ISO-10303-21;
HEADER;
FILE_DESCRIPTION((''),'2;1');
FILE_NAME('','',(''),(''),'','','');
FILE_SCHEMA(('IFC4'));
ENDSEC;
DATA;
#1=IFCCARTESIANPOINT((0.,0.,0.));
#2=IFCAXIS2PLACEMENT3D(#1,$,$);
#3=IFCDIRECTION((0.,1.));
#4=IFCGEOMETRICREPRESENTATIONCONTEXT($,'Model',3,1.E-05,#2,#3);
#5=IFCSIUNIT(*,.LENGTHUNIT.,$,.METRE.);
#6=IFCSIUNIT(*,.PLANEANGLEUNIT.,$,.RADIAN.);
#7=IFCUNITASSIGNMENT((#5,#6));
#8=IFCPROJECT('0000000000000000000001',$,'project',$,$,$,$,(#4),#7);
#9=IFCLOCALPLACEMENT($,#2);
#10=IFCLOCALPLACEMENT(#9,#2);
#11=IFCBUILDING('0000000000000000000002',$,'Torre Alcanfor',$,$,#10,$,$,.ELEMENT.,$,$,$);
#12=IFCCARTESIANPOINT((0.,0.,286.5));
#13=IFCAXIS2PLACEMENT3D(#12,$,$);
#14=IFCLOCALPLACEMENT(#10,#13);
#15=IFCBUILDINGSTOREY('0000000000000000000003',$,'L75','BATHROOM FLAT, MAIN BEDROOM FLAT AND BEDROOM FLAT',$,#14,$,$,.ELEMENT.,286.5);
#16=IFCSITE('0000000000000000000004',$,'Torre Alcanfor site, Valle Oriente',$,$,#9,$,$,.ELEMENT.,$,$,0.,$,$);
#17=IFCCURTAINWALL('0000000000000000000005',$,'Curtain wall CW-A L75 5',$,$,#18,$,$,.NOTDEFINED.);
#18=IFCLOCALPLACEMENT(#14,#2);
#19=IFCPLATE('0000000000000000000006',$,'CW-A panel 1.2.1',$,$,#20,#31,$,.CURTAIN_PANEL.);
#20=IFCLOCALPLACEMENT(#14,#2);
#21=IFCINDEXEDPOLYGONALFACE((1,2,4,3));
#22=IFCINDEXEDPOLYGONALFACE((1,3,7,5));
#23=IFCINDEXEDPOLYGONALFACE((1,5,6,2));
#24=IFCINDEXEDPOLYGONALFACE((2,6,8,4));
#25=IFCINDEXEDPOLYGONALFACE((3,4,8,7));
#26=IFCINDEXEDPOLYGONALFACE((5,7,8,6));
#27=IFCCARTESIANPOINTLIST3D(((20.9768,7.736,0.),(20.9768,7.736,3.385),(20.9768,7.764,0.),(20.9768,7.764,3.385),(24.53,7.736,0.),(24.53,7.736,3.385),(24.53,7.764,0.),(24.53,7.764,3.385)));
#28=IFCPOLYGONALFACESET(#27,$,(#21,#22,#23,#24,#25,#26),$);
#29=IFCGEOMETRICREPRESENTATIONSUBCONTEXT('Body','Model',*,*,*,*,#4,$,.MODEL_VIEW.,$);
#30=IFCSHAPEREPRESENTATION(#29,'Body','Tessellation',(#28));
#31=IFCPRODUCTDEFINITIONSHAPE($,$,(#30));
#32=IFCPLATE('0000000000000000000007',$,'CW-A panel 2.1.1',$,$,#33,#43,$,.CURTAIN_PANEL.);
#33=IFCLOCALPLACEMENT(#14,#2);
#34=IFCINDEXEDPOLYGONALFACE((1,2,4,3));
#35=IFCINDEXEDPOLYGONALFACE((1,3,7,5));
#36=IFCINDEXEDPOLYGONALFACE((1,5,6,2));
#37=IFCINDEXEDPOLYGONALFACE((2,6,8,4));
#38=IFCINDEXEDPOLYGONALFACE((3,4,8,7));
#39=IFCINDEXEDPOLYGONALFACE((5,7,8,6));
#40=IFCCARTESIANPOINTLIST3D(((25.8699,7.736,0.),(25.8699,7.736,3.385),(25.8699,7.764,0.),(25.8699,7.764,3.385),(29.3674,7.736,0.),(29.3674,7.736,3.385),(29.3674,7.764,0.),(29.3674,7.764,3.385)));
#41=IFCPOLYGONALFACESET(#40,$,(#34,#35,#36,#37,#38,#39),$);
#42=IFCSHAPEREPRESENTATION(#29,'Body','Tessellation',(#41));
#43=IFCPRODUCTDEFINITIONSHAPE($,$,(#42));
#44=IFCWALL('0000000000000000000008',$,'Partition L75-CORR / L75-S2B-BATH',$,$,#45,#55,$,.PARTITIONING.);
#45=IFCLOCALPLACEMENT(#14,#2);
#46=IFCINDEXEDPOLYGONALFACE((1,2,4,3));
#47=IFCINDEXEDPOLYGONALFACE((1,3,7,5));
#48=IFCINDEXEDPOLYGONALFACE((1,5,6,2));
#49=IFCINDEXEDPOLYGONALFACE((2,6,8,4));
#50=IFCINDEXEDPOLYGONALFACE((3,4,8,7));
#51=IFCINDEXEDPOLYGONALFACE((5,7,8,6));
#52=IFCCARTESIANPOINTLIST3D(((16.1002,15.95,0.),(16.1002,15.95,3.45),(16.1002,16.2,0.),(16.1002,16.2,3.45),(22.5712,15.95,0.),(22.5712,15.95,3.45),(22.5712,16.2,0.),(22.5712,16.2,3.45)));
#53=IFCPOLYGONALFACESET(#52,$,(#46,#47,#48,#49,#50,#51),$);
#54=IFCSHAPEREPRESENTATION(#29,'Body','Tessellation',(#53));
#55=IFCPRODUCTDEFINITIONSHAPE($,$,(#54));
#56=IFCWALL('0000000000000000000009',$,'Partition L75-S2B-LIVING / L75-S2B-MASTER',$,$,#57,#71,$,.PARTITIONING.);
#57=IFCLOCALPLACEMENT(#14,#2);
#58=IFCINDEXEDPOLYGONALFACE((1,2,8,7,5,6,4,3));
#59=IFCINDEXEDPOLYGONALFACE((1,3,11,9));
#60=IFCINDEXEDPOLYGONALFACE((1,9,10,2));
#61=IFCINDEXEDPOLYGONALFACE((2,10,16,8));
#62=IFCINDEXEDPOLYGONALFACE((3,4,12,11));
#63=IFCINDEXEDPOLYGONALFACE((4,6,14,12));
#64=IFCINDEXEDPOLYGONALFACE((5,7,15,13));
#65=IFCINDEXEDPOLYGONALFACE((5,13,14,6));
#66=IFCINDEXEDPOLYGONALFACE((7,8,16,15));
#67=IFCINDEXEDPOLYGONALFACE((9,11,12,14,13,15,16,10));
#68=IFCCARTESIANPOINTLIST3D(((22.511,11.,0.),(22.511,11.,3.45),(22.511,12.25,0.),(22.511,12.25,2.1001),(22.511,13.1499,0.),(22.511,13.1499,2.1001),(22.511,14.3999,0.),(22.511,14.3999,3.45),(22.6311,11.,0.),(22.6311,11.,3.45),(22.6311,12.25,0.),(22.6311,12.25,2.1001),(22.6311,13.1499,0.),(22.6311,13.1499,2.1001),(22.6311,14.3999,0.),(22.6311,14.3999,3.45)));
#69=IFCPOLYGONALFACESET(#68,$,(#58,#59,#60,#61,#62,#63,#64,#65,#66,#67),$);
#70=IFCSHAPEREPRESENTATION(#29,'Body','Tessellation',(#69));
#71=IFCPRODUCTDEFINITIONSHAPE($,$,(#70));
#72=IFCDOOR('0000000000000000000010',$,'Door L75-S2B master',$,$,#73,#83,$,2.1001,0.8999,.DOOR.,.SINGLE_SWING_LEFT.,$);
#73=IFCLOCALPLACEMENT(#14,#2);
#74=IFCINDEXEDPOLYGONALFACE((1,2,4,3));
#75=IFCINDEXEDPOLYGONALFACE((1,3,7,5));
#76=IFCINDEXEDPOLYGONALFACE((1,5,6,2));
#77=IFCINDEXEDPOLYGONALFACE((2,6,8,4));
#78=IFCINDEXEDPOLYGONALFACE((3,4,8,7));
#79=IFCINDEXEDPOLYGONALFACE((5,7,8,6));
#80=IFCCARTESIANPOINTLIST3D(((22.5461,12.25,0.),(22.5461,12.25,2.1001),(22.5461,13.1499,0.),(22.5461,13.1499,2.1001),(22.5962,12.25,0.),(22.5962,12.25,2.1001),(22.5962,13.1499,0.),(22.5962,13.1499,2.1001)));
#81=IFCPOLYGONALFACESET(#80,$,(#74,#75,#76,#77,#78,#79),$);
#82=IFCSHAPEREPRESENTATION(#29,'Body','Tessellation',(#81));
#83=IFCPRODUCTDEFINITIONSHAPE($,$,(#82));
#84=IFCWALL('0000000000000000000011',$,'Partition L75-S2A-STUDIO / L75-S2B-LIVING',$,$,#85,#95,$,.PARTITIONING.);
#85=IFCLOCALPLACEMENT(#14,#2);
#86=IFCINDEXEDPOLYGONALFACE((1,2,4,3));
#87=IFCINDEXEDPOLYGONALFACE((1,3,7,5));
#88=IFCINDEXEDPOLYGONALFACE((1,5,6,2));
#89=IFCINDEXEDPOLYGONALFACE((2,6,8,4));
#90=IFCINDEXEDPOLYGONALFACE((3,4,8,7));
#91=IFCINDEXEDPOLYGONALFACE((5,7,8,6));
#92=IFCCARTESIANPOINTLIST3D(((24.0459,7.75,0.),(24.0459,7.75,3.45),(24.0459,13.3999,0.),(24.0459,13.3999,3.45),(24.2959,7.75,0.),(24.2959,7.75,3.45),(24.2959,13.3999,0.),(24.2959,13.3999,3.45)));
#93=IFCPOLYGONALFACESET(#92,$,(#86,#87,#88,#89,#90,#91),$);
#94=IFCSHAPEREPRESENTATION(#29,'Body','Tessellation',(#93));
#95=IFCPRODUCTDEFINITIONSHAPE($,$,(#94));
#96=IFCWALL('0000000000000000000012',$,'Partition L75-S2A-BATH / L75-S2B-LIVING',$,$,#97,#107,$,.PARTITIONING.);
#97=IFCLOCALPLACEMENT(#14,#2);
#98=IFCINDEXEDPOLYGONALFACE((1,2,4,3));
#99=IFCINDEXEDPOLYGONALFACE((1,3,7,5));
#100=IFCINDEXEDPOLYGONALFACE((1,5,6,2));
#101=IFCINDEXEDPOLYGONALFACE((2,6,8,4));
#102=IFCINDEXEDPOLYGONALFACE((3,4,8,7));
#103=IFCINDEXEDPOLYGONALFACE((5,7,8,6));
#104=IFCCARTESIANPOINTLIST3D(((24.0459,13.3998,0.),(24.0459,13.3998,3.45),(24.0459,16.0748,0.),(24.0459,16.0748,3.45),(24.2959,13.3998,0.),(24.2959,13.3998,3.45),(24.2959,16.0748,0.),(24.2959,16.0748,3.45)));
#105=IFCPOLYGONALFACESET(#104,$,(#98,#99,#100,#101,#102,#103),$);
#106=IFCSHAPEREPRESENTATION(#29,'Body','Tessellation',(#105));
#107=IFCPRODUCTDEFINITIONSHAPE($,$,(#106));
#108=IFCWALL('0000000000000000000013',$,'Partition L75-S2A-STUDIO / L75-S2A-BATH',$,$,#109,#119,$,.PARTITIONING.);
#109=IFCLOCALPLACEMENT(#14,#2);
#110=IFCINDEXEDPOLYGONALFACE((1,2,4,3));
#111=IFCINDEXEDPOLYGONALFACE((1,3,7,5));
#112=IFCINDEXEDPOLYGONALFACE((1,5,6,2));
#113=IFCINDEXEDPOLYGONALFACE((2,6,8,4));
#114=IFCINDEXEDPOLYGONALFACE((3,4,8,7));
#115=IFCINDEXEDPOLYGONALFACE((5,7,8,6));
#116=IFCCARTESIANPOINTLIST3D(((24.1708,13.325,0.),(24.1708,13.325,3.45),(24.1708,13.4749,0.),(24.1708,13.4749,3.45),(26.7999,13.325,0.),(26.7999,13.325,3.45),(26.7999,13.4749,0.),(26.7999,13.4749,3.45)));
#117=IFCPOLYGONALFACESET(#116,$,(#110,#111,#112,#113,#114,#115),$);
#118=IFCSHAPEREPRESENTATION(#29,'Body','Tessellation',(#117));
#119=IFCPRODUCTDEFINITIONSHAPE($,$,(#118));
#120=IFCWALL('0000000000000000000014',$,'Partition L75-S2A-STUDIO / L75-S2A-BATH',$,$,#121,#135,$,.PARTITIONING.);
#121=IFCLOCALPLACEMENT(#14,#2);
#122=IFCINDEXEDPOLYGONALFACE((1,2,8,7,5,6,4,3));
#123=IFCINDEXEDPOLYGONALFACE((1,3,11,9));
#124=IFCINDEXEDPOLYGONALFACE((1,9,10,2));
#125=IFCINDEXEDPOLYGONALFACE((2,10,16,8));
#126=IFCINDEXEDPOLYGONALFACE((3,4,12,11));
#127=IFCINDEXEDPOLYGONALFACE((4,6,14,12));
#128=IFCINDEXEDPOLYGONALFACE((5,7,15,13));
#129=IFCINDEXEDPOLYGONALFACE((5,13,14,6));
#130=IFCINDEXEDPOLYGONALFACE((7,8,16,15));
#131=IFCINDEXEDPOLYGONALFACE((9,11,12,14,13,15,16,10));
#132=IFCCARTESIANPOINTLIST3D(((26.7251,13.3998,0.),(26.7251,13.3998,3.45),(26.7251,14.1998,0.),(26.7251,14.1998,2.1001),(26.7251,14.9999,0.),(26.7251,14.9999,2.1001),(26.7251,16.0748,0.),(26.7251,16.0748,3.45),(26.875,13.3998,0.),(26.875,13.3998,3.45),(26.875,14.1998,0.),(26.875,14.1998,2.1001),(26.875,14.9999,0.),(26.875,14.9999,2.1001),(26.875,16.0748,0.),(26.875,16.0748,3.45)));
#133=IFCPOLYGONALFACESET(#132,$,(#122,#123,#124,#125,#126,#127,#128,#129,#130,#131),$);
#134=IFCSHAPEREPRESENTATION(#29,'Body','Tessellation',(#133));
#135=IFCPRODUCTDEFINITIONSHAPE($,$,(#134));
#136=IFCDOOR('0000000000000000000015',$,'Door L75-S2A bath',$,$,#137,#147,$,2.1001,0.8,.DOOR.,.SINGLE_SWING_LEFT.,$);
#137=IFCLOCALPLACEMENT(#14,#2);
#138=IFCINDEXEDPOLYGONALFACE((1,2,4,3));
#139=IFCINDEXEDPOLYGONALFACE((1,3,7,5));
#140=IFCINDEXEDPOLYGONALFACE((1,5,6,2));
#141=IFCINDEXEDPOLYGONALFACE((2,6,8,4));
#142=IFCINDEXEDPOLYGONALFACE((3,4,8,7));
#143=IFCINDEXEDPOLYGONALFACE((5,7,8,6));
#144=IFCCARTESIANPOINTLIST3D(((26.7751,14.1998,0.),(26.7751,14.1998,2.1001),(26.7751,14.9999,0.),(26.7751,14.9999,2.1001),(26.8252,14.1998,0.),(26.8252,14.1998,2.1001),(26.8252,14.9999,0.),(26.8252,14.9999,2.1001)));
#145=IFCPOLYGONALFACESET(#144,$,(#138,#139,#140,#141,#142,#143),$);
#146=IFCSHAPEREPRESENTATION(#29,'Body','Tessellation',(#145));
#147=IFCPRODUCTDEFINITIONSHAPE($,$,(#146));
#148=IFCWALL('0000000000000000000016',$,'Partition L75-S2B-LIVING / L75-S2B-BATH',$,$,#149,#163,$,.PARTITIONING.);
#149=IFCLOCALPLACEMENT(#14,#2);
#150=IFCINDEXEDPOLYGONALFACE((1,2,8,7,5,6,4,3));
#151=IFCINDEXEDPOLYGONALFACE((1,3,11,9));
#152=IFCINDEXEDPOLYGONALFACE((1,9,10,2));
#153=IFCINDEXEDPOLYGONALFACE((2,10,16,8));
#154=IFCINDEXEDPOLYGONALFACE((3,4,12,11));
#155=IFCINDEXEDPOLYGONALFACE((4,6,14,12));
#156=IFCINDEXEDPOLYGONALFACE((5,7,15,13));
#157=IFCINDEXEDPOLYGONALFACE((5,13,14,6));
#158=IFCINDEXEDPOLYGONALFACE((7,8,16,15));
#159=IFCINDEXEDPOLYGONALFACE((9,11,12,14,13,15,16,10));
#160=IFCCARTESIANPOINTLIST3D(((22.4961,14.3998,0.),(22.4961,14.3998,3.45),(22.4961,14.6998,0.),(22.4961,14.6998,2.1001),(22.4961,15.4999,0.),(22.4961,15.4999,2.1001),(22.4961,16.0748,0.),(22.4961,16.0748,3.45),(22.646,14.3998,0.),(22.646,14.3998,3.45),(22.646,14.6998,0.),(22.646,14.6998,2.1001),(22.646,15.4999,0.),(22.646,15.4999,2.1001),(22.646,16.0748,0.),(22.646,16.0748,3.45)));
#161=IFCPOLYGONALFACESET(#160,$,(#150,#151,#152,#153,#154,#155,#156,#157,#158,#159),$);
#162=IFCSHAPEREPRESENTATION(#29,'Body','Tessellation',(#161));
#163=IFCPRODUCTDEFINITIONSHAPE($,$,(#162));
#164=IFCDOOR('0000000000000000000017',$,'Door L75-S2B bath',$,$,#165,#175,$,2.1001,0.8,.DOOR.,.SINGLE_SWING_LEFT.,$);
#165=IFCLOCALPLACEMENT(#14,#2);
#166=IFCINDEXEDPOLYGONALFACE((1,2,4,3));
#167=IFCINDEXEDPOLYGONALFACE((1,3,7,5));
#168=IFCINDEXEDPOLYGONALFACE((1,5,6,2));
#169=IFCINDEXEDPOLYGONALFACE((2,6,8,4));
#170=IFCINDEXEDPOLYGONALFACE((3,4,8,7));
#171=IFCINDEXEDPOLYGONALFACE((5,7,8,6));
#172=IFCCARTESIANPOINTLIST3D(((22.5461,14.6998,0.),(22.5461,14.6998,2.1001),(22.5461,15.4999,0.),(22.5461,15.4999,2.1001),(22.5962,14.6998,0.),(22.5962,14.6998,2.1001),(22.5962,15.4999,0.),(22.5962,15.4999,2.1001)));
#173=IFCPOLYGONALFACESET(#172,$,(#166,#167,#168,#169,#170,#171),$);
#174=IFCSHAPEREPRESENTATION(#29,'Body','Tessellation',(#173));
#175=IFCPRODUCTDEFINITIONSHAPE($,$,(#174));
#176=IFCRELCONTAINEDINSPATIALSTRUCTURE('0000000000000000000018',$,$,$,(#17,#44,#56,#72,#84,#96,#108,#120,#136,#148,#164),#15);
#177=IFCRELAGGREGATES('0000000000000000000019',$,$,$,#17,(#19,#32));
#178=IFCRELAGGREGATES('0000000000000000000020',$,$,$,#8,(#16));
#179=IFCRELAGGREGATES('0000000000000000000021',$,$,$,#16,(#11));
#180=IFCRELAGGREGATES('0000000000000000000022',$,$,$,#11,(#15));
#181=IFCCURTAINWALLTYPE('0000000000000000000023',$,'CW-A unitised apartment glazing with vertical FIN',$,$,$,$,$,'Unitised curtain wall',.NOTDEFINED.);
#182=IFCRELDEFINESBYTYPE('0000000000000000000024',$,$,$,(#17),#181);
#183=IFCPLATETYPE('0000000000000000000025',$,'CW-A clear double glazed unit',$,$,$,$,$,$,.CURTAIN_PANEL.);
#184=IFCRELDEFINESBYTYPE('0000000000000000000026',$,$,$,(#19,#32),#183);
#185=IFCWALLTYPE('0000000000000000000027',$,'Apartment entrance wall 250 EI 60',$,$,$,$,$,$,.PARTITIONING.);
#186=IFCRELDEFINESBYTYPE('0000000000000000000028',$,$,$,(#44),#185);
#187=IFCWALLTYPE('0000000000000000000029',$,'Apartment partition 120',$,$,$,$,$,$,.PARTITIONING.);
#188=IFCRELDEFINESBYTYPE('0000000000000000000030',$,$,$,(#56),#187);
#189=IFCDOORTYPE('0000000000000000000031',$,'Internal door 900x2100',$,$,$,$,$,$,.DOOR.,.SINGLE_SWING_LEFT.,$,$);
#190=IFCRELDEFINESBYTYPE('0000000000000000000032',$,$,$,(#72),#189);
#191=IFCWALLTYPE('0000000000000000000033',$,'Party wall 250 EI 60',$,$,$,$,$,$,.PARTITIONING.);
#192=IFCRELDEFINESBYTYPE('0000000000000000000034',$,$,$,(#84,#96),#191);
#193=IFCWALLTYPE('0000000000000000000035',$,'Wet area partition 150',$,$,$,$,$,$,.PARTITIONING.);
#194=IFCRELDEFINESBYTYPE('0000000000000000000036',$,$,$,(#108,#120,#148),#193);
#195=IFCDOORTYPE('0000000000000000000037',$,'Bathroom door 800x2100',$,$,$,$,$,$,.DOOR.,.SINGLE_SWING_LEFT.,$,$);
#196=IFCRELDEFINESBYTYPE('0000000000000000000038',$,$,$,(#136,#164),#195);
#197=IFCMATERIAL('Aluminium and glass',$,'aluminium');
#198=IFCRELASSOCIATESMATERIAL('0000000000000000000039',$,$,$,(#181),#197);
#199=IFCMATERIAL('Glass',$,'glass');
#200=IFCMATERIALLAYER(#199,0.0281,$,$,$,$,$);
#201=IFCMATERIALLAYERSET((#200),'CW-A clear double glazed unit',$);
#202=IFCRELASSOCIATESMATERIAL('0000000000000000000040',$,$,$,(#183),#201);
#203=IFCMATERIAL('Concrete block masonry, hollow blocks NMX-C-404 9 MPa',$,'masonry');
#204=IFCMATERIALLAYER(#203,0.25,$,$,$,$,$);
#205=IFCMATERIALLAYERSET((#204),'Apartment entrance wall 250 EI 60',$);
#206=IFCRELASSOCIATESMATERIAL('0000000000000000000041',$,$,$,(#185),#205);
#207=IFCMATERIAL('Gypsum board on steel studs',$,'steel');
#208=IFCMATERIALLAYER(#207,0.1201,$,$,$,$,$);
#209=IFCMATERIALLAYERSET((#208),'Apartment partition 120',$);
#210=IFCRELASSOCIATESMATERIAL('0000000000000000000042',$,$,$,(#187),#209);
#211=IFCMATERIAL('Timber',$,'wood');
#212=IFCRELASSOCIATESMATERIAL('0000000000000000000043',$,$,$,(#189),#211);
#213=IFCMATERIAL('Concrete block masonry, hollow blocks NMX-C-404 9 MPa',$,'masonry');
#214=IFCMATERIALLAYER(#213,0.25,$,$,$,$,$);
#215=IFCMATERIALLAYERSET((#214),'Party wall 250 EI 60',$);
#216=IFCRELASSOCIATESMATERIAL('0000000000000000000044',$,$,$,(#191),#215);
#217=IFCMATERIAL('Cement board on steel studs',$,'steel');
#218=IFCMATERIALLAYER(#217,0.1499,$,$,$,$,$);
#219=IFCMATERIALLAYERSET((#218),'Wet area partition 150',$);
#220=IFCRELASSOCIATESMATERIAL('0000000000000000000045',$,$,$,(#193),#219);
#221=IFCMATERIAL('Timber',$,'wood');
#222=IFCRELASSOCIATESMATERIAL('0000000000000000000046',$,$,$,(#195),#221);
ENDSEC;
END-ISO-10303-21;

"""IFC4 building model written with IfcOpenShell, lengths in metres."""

from ifc_helpers import new_model, si_unit, direction, frame, frame_2d, origin, origin_2d, place, context, subcontext, project, spatial, rectangle, extrude, material, layer, layer_set, type_object, element, fill, aggregate, save


model = new_model("IFC4")

# Units and contexts
model_context = context("Model", 3, precision=1e-05, world=origin(), true_north=direction((0.0, 1.0)))
body_context = subcontext(model_context, "Body", "Model", "MODEL_VIEW")
ifc_project = project(units=[si_unit("LENGTHUNIT", "METRE"), si_unit("PLANEANGLEUNIT", "RADIAN")], contexts=[model_context])

# Site, building, storey
site_placement = place(None, origin())
site = spatial("IfcSite", under=ifc_project, at=site_placement, Name="Torre Alcanfor site, Valle Oriente", CompositionType="ELEMENT", RefElevation=0.0)
building_placement = place(site_placement, origin())
building = spatial("IfcBuilding", under=site, at=building_placement, Name="Torre Alcanfor", CompositionType="ELEMENT")
storey_placement = place(building_placement, frame((0.0, 0.0, 286.5)))
storey = spatial("IfcBuildingStorey", under=building, at=storey_placement, Name="L75", Description="BATHROOM FLAT, MAIN BEDROOM FLAT AND BEDROOM FLAT", CompositionType="ELEMENT", Elevation=286.5)

# Curtain wall
ifc_material_1 = material(Name="Aluminium and glass", Category="aluminium")
curtain_wall_type = type_object("IfcCurtainWallType", Name="CW-A unitised apartment glazing with vertical FIN", ElementType="Unitised curtain wall", PredefinedType="NOTDEFINED", material=ifc_material_1)
curtain_wall_placement = place(storey_placement, origin())
curtain_wall = element("IfcCurtainWall", 1, at=curtain_wall_placement, inside=storey, type_object=curtain_wall_type, Name="Curtain wall CW-A L75 5", PredefinedType="NOTDEFINED")

# Plates
ifc_material_2 = material(Name="Glass", Category="glass")
ifc_layer_1 = layer(ifc_material_2, 0.0281)
ifc_layer_set_1 = layer_set([ifc_layer_1], Name="CW-A clear double glazed unit")
plate_type = type_object("IfcPlateType", Name="CW-A clear double glazed unit", PredefinedType="CURTAIN_PANEL", material=ifc_layer_set_1)
plate_1_placement = place(storey_placement, frame((22.7534, 7.75, 0.0), z_axis=(0.0, 0.0, 1.0), x_axis=(1.0, 0.0, 0.0)))
plate_1 = element("IfcPlate", 2, at=plate_1_placement, type_object=plate_type, Name="CW-A panel 1.2.1", PredefinedType="CURTAIN_PANEL", context=body_context, shape_type="SweptSolid", body=[
    extrude(rectangle(XDim=3.5532, YDim=0.0281, at=origin_2d()), origin(), (0.0, 0.0, 1.0), 3.385),
])
plate_2_placement = place(storey_placement, frame((27.6187, 7.75, 0.0), z_axis=(0.0, 0.0, 1.0), x_axis=(1.0, 0.0, 0.0)))
plate_2 = element("IfcPlate", 3, at=plate_2_placement, type_object=plate_type, Name="CW-A panel 2.1.1", PredefinedType="CURTAIN_PANEL", context=body_context, shape_type="SweptSolid", body=[
    extrude(rectangle(XDim=3.4976, YDim=0.0281, at=origin_2d()), origin(), (0.0, 0.0, 1.0), 3.385),
])
aggregate(curtain_wall, [plate_1, plate_2])

# Wall
ifc_material_3 = material(Name="Concrete block masonry, hollow blocks NMX-C-404 9 MPa", Category="masonry")
ifc_layer_2 = layer(ifc_material_3, 0.25)
ifc_layer_set_2 = layer_set([ifc_layer_2], Name="Apartment entrance wall 250 EI 60")
wall_type_1 = type_object("IfcWallType", Name="Apartment entrance wall 250 EI 60", PredefinedType="PARTITIONING", material=ifc_layer_set_2)
wall_1_placement = place(storey_placement, frame((22.571, 16.075, 0.0), z_axis=(0.0, 0.0, 1.0), x_axis=(-1.0, 0.0, 0.0)))
element("IfcWall", 4, at=wall_1_placement, inside=storey, type_object=wall_type_1, Name="Partition L75-CORR / L75-S2B-BATH", PredefinedType="PARTITIONING", context=body_context, shape_type="SweptSolid", body=[
    extrude(rectangle(XDim=6.4709, YDim=0.25, at=frame_2d((3.2354, 0.0))), origin(), (0.0, 0.0, 1.0), 3.45),
])

# Wall, opening, door
ifc_material_4 = material(Name="Gypsum board on steel studs", Category="steel")
ifc_layer_3 = layer(ifc_material_4, 0.1201)
ifc_layer_set_3 = layer_set([ifc_layer_3], Name="Apartment partition 120")
wall_type_2 = type_object("IfcWallType", Name="Apartment partition 120", PredefinedType="PARTITIONING", material=ifc_layer_set_3)
wall_2_placement = place(storey_placement, frame((22.571, 11.0, 0.0), z_axis=(0.0, 0.0, 1.0), x_axis=(0.0, 1.0, 0.0)))
wall_2 = element("IfcWall", 5, at=wall_2_placement, inside=storey, type_object=wall_type_2, Name="Partition L75-S2B-LIVING / L75-S2B-MASTER", PredefinedType="PARTITIONING", context=body_context, shape_type="SweptSolid", body=[
    extrude(rectangle(XDim=3.3999, YDim=0.1201, at=frame_2d((1.7, 0.0))), origin(), (0.0, 0.0, 1.0), 3.45),
])
opening_1_placement = place(wall_2_placement, frame((1.25, 0.0, 0.0)))
opening_1 = element("IfcOpeningElement", 6, at=opening_1_placement, cuts=wall_2, PredefinedType="OPENING", context=body_context, shape_type="SweptSolid", body=[
    extrude(rectangle(XDim=0.8999, YDim=2.1001, at=frame_2d((0.45, 1.05))), frame((0.0, 0.0701, 0.0), z_axis=(0.0, -1.0, 0.0), x_axis=(1.0, 0.0, 0.0)), (0.0, 0.0, 1.0), 0.1401),
])
ifc_material_5 = material(Name="Timber", Category="wood")
door_type_1 = type_object("IfcDoorType", Name="Internal door 900x2100", OperationType="SINGLE_SWING_LEFT", PredefinedType="DOOR", material=ifc_material_5)
door_1_placement = place(opening_1_placement, origin())
door_1 = element("IfcDoor", 7, at=door_1_placement, inside=storey, type_object=door_type_1, Name="Door L75-S2B master", OperationType="SINGLE_SWING_LEFT", OverallHeight=2.1001, OverallWidth=0.8999, PredefinedType="DOOR", context=body_context, shape_type="SweptSolid", body=[
    extrude(rectangle(XDim=0.8999, YDim=2.1001, at=frame_2d((0.45, 1.05))), frame((0.0, 0.0249, 0.0), z_axis=(0.0, -1.0, 0.0), x_axis=(1.0, 0.0, 0.0)), (0.0, 0.0, 1.0), 0.05),
])
fill(opening_1, door_1)

# Walls
ifc_material_6 = material(Name="Concrete block masonry, hollow blocks NMX-C-404 9 MPa", Category="masonry")
ifc_layer_4 = layer(ifc_material_6, 0.25)
ifc_layer_set_4 = layer_set([ifc_layer_4], Name="Party wall 250 EI 60")
wall_type_3 = type_object("IfcWallType", Name="Party wall 250 EI 60", PredefinedType="PARTITIONING", material=ifc_layer_set_4)
wall_3_placement = place(storey_placement, frame((24.1709, 7.75, 0.0), z_axis=(0.0, 0.0, 1.0), x_axis=(0.0, 1.0, 0.0)))
element("IfcWall", 8, at=wall_3_placement, inside=storey, type_object=wall_type_3, Name="Partition L75-S2A-STUDIO / L75-S2B-LIVING", PredefinedType="PARTITIONING", context=body_context, shape_type="SweptSolid", body=[
    extrude(rectangle(XDim=5.6499, YDim=0.25, at=frame_2d((2.825, 0.0))), origin(), (0.0, 0.0, 1.0), 3.45),
])
wall_4_placement = place(storey_placement, frame((24.1709, 13.3999, 0.0), z_axis=(0.0, 0.0, 1.0), x_axis=(0.0, 1.0, 0.0)))
element("IfcWall", 9, at=wall_4_placement, inside=storey, type_object=wall_type_3, Name="Partition L75-S2A-BATH / L75-S2B-LIVING", PredefinedType="PARTITIONING", context=body_context, shape_type="SweptSolid", body=[
    extrude(rectangle(XDim=2.675, YDim=0.25, at=frame_2d((1.3374, 0.0))), origin(), (0.0, 0.0, 1.0), 3.45),
])
ifc_material_7 = material(Name="Cement board on steel studs", Category="steel")
ifc_layer_5 = layer(ifc_material_7, 0.1499)
ifc_layer_set_5 = layer_set([ifc_layer_5], Name="Wet area partition 150")
wall_type_4 = type_object("IfcWallType", Name="Wet area partition 150", PredefinedType="PARTITIONING", material=ifc_layer_set_5)
wall_5_placement = place(storey_placement, frame((24.1709, 13.3999, 0.0), z_axis=(0.0, 0.0, 1.0), x_axis=(1.0, 0.0, 0.0)))
element("IfcWall", 10, at=wall_5_placement, inside=storey, type_object=wall_type_4, Name="Partition L75-S2A-STUDIO / L75-S2A-BATH", PredefinedType="PARTITIONING", context=body_context, shape_type="SweptSolid", body=[
    extrude(rectangle(XDim=2.6292, YDim=0.1499, at=frame_2d((1.3145, 0.0))), origin(), (0.0, 0.0, 1.0), 3.45),
])

# Walls, openings, doors
wall_6_placement = place(storey_placement, frame((26.8, 13.3999, 0.0), z_axis=(0.0, 0.0, 1.0), x_axis=(0.0, 1.0, 0.0)))
wall_6 = element("IfcWall", 11, at=wall_6_placement, inside=storey, type_object=wall_type_4, Name="Partition L75-S2A-STUDIO / L75-S2A-BATH", PredefinedType="PARTITIONING", context=body_context, shape_type="SweptSolid", body=[
    extrude(rectangle(XDim=2.675, YDim=0.1499, at=frame_2d((1.3374, 0.0))), origin(), (0.0, 0.0, 1.0), 3.45),
])
opening_2_placement = place(wall_6_placement, frame((0.8, 0.0, 0.0)))
opening_2 = element("IfcOpeningElement", 12, at=opening_2_placement, cuts=wall_6, PredefinedType="OPENING", context=body_context, shape_type="SweptSolid", body=[
    extrude(rectangle(XDim=0.8, YDim=2.1001, at=frame_2d((0.3999, 1.05))), frame((0.0, 0.085, 0.0), z_axis=(0.0, -1.0, 0.0), x_axis=(1.0, 0.0, 0.0)), (0.0, 0.0, 1.0), 0.1699),
])
ifc_material_8 = material(Name="Timber", Category="wood")
door_type_2 = type_object("IfcDoorType", Name="Bathroom door 800x2100", OperationType="SINGLE_SWING_LEFT", PredefinedType="DOOR", material=ifc_material_8)
door_2_placement = place(opening_2_placement, origin())
door_2 = element("IfcDoor", 13, at=door_2_placement, inside=storey, type_object=door_type_2, Name="Door L75-S2A bath", OperationType="SINGLE_SWING_LEFT", OverallHeight=2.1001, OverallWidth=0.8, PredefinedType="DOOR", context=body_context, shape_type="SweptSolid", body=[
    extrude(rectangle(XDim=0.8, YDim=2.1001, at=frame_2d((0.3999, 1.05))), frame((0.0, 0.0249, 0.0), z_axis=(0.0, -1.0, 0.0), x_axis=(1.0, 0.0, 0.0)), (0.0, 0.0, 1.0), 0.05),
])
fill(opening_2, door_2)
wall_7_placement = place(storey_placement, frame((22.571, 14.3999, 0.0), z_axis=(0.0, 0.0, 1.0), x_axis=(0.0, 1.0, 0.0)))
wall_7 = element("IfcWall", 14, at=wall_7_placement, inside=storey, type_object=wall_type_4, Name="Partition L75-S2B-LIVING / L75-S2B-BATH", PredefinedType="PARTITIONING", context=body_context, shape_type="SweptSolid", body=[
    extrude(rectangle(XDim=1.675, YDim=0.1499, at=frame_2d((0.8374, 0.0))), origin(), (0.0, 0.0, 1.0), 3.45),
])
opening_3_placement = place(wall_7_placement, frame((0.3, 0.0, 0.0)))
opening_3 = element("IfcOpeningElement", 15, at=opening_3_placement, cuts=wall_7, PredefinedType="OPENING", context=body_context, shape_type="SweptSolid", body=[
    extrude(rectangle(XDim=0.8, YDim=2.1001, at=frame_2d((0.3999, 1.05))), frame((0.0, 0.085, 0.0), z_axis=(0.0, -1.0, 0.0), x_axis=(1.0, 0.0, 0.0)), (0.0, 0.0, 1.0), 0.1699),
])
door_3_placement = place(opening_3_placement, origin())
door_3 = element("IfcDoor", 16, at=door_3_placement, inside=storey, type_object=door_type_2, Name="Door L75-S2B bath", OperationType="SINGLE_SWING_LEFT", OverallHeight=2.1001, OverallWidth=0.8, PredefinedType="DOOR", context=body_context, shape_type="SweptSolid", body=[
    extrude(rectangle(XDim=0.8, YDim=2.1001, at=frame_2d((0.3999, 1.05))), frame((0.0, 0.0249, 0.0), z_axis=(0.0, -1.0, 0.0), x_axis=(1.0, 0.0, 0.0)), (0.0, 0.0, 1.0), 0.05),
])
fill(opening_3, door_3)

save(model, "model.ifc")
